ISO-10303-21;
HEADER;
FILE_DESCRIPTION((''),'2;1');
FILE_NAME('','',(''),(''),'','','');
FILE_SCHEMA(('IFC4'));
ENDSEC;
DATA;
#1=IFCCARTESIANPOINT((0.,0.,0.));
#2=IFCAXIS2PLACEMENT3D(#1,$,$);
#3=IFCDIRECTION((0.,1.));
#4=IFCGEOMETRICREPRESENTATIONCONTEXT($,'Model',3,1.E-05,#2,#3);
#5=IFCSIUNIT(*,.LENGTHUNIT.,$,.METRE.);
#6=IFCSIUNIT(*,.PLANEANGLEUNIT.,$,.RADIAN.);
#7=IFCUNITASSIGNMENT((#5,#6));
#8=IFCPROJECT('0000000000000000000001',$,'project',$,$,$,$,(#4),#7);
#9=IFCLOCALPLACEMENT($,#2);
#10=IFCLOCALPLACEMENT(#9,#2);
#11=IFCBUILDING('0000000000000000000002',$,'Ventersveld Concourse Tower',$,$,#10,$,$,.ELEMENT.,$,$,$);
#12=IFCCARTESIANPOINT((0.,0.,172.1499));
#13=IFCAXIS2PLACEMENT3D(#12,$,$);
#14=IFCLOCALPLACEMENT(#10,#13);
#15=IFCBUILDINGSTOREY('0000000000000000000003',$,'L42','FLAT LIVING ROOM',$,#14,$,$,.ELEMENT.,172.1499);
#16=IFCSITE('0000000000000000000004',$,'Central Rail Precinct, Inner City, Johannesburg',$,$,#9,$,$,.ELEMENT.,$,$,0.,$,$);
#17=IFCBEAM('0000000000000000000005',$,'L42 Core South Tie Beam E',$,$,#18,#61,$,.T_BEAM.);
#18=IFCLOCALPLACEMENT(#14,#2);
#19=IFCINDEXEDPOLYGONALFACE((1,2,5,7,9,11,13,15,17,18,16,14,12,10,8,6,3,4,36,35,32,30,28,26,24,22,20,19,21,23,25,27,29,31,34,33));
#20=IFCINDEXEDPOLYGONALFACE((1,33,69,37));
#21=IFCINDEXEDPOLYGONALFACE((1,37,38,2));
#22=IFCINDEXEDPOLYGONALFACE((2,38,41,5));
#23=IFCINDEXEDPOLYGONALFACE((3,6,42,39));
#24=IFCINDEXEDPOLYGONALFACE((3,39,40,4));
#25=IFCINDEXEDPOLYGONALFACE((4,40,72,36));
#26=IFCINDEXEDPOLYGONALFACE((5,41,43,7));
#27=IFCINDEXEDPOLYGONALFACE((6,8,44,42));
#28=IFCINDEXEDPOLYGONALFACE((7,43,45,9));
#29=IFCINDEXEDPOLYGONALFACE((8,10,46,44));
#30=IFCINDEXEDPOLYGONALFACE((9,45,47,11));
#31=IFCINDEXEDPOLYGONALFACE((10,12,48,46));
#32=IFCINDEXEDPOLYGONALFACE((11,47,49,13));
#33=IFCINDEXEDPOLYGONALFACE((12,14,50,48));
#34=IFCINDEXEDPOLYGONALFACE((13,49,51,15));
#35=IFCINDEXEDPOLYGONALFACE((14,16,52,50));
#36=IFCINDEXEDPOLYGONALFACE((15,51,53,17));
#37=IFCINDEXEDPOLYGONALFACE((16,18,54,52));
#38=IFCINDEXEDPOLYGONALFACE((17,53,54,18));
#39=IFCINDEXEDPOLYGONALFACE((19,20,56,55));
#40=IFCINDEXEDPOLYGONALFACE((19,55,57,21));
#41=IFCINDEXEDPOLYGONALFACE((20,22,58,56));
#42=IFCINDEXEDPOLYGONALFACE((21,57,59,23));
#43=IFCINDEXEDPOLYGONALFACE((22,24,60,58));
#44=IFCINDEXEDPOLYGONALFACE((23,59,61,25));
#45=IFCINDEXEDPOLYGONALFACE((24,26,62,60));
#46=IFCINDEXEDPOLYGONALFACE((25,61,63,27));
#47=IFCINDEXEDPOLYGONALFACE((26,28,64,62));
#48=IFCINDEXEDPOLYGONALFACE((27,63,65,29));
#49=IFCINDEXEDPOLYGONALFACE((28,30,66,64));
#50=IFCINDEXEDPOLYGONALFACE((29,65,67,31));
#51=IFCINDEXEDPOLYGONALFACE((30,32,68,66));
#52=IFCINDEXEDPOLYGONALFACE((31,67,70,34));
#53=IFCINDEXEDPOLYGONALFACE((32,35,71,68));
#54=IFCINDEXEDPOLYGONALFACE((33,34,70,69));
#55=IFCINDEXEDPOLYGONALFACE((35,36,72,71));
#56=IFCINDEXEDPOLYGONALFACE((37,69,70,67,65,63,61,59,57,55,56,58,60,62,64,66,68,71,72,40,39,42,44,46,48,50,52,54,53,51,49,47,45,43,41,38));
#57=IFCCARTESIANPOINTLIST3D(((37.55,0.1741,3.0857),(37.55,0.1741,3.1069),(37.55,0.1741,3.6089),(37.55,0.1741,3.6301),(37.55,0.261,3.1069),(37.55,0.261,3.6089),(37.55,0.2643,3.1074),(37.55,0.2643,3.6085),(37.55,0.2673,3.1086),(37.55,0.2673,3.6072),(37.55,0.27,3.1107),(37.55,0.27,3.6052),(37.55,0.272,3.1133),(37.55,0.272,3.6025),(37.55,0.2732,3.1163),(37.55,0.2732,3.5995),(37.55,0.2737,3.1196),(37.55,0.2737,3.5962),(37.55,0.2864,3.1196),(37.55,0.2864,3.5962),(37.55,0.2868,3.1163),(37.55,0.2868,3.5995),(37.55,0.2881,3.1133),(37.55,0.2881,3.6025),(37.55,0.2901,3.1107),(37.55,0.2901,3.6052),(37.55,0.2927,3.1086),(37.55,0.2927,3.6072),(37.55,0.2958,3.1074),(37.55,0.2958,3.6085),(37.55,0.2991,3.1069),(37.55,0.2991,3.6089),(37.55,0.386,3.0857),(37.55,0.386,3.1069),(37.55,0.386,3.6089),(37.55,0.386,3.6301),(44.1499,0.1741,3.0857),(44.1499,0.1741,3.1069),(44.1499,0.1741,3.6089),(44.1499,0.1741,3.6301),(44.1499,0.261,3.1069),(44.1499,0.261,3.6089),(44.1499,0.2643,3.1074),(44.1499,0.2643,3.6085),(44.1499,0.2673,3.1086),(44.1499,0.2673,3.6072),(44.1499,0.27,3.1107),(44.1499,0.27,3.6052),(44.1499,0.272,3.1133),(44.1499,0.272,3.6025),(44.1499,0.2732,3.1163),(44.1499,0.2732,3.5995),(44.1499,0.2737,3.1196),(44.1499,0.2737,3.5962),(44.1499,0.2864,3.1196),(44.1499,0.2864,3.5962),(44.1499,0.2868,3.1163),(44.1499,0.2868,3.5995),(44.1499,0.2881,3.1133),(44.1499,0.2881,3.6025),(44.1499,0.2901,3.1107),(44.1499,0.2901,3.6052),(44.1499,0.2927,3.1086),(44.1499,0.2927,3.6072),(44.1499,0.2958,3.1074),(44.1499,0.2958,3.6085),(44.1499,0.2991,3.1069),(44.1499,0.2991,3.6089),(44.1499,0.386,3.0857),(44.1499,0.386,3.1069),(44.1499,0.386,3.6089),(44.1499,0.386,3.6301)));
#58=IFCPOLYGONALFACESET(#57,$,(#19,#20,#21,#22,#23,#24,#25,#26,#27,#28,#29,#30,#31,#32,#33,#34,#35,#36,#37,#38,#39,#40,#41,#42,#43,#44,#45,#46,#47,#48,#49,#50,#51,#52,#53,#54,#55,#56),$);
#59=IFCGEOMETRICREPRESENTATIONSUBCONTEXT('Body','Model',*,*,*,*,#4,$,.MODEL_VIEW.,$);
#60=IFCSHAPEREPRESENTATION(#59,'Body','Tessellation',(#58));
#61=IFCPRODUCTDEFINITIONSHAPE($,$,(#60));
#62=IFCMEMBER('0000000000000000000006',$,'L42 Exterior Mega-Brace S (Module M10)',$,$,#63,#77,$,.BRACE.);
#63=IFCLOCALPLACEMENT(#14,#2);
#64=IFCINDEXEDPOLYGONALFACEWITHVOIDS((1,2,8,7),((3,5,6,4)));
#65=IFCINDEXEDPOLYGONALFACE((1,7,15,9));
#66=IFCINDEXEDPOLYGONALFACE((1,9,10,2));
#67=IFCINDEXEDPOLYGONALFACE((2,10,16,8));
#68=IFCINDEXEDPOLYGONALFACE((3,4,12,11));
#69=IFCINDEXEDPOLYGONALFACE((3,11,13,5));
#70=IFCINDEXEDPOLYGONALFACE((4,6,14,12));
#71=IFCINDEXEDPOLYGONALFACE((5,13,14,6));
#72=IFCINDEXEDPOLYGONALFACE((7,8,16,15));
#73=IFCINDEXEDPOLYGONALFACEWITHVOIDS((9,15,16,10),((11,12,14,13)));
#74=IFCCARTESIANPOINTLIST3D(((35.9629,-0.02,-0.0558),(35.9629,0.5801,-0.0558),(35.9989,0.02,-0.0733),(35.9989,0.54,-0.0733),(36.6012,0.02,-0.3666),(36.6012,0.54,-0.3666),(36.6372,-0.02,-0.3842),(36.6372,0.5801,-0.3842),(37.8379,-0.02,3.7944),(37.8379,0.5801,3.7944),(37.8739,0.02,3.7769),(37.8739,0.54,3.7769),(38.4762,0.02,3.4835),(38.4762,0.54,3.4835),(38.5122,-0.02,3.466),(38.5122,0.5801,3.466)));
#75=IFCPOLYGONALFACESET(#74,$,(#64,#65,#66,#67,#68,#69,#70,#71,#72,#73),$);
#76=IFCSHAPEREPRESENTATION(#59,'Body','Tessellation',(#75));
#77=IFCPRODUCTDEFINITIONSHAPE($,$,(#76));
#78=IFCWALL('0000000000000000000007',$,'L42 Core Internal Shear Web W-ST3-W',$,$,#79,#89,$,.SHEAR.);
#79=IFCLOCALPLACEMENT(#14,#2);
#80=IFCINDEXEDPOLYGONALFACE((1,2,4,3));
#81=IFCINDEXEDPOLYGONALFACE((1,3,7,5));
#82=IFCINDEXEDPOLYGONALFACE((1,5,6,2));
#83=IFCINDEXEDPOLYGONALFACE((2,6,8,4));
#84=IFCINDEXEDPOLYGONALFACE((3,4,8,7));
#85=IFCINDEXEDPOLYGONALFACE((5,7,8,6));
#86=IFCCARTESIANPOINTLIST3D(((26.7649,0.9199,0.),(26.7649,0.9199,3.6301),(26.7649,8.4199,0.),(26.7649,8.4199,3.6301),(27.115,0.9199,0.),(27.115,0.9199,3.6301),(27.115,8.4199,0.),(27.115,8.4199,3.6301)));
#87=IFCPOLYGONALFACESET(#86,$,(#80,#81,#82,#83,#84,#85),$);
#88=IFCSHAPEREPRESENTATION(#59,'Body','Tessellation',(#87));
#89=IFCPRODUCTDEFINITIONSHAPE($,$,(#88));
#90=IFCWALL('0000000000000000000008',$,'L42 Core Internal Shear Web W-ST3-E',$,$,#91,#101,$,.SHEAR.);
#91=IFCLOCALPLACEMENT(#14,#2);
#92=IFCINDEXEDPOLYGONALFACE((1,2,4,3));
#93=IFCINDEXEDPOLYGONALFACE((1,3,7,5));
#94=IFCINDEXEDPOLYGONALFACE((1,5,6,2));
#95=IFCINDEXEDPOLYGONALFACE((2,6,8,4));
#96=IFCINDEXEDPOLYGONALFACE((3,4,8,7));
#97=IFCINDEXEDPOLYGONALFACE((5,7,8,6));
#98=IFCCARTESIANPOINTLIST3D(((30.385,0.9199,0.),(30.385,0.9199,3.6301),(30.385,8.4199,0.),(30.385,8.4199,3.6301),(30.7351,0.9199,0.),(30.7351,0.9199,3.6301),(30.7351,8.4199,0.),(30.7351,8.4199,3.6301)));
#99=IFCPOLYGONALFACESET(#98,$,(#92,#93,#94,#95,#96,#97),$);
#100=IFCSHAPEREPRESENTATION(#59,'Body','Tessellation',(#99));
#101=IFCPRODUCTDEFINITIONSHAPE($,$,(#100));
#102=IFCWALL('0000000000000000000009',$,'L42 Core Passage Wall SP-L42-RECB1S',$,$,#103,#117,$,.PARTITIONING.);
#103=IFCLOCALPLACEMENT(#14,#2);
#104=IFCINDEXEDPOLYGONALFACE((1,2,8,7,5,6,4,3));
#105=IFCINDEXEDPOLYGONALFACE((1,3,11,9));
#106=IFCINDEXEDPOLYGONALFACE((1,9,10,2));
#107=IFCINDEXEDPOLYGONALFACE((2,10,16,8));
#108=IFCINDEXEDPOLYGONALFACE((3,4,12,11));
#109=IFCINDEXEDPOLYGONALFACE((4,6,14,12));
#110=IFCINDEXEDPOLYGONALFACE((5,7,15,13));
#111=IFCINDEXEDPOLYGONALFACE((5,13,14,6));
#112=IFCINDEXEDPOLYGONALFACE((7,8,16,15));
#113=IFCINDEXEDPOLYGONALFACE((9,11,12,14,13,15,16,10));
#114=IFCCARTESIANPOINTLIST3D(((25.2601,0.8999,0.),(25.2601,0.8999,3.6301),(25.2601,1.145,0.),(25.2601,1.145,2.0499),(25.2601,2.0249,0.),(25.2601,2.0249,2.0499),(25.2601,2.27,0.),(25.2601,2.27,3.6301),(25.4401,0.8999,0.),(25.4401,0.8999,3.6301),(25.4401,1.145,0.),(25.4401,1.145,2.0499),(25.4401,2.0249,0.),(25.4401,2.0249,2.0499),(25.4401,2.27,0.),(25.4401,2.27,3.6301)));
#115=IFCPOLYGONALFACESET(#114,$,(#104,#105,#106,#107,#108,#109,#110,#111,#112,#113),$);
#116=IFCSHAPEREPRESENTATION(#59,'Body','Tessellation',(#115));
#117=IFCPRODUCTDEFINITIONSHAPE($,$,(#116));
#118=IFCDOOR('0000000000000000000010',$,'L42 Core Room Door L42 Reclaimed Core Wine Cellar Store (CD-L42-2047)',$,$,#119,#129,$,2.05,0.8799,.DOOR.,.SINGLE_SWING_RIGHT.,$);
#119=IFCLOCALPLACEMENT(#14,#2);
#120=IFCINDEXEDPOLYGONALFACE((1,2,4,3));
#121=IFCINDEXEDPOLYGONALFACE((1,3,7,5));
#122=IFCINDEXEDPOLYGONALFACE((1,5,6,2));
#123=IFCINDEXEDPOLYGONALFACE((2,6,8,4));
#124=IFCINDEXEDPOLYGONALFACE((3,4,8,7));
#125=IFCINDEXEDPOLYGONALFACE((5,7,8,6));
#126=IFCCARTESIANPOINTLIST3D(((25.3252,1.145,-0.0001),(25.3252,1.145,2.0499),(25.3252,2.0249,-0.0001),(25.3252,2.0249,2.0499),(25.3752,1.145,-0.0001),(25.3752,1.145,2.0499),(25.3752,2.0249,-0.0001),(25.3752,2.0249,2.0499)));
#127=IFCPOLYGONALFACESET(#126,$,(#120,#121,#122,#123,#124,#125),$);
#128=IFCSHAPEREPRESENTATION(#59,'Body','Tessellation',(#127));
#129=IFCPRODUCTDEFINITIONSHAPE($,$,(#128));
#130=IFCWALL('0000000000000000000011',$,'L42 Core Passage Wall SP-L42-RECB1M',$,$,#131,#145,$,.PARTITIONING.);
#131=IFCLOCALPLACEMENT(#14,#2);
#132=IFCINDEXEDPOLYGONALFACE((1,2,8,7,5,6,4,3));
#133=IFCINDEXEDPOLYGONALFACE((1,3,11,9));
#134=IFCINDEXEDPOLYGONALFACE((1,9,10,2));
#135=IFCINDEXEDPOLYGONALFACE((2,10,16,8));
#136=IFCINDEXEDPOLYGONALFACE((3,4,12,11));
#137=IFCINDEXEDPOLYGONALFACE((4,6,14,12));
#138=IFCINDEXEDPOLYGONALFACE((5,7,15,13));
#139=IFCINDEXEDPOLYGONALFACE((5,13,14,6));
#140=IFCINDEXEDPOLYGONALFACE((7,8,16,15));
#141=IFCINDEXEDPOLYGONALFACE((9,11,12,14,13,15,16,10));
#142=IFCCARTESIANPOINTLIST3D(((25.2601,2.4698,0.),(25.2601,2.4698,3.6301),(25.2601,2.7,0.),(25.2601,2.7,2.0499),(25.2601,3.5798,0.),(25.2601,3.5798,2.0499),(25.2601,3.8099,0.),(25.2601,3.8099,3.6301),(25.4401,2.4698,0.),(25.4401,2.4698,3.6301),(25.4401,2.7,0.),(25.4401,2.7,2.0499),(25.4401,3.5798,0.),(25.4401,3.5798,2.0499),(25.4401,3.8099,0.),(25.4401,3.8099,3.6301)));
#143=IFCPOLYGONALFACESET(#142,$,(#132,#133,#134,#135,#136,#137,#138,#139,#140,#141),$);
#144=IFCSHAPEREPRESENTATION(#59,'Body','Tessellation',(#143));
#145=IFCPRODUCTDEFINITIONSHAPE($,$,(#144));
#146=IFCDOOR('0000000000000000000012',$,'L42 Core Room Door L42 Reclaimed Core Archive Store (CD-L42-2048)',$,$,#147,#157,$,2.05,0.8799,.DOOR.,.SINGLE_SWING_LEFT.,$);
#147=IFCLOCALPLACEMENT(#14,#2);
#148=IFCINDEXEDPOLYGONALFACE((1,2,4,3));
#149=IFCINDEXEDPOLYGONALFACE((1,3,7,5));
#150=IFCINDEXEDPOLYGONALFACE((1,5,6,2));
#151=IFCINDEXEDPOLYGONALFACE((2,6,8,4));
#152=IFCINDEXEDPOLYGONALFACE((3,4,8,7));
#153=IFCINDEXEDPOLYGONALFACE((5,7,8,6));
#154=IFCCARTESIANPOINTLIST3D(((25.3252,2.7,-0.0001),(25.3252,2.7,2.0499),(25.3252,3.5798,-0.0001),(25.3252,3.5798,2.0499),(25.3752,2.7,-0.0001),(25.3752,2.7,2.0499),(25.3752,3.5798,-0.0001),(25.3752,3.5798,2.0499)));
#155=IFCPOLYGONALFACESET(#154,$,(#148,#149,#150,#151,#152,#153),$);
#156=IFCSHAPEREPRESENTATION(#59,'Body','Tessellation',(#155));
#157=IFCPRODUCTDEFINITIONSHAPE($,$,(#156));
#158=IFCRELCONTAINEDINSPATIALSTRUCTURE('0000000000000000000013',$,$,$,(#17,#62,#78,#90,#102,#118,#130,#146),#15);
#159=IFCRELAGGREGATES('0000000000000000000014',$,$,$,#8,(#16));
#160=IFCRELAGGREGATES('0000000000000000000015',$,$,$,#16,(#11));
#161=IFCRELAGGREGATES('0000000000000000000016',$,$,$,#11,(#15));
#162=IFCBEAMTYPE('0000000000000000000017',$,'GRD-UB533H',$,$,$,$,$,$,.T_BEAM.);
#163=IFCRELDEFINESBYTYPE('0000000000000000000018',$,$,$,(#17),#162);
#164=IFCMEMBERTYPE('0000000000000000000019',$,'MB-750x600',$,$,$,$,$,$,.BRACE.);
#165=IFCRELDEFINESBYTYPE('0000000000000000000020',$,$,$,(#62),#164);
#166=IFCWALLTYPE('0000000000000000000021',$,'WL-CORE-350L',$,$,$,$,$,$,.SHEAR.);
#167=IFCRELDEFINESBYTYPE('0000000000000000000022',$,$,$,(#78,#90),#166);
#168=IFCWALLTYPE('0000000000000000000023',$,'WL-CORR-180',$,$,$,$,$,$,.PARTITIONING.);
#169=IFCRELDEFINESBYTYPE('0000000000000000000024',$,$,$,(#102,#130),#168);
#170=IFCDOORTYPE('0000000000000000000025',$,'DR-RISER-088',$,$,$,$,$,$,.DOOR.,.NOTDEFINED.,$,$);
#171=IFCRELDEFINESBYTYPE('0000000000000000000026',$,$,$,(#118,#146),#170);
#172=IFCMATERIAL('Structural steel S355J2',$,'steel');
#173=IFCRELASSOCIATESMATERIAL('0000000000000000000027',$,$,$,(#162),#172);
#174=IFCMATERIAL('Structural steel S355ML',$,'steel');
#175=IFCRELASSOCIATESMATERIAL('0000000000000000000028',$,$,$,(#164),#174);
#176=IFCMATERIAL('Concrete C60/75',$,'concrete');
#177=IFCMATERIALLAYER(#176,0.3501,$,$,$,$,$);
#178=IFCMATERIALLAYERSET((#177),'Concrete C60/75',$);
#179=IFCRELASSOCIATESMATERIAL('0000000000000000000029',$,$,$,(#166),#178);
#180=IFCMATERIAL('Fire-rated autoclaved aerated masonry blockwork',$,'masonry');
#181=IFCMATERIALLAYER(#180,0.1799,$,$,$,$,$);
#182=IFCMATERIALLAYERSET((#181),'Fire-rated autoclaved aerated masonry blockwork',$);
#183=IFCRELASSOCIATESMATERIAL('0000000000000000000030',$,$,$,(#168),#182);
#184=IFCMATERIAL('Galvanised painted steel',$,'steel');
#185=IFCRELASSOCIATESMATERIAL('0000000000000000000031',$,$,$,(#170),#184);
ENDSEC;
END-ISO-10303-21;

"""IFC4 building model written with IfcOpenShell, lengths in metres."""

from ifc_helpers import new_model, si_unit, direction, frame, frame_2d, origin, origin_2d, place, context, subcontext, project, spatial, rectangle, hollow_rectangle, i_section, extrude, material, layer, layer_set, material_profile, profile_set, type_object, element, fill, save


model = new_model("IFC4")

# Units and contexts
model_context = context("Model", 3, precision=1e-05, world=origin(), true_north=direction((0.0, 1.0)))
body_context = subcontext(model_context, "Body", "Model", "MODEL_VIEW")
ifc_project = project(units=[si_unit("LENGTHUNIT", "METRE"), si_unit("PLANEANGLEUNIT", "RADIAN")], contexts=[model_context])

# Site, building, storey
site_placement = place(None, origin())
site = spatial("IfcSite", under=ifc_project, at=site_placement, Name="Central Rail Precinct, Inner City, Johannesburg", CompositionType="ELEMENT", RefElevation=0.0)
building_placement = place(site_placement, origin())
building = spatial("IfcBuilding", under=site, at=building_placement, Name="Ventersveld Concourse Tower", CompositionType="ELEMENT")
storey_placement = place(building_placement, frame((0.0, 0.0, 172.1499)))
storey = spatial("IfcBuildingStorey", under=building, at=storey_placement, Name="L42", Description="FLAT LIVING ROOM", CompositionType="ELEMENT", Elevation=172.1499)

# Beam
ifc_material_1 = material(Name="Structural steel S355J2", Category="steel")
ifc_material_profile_1 = material_profile(ifc_material_1, i_section(OverallWidth=0.2119, OverallDepth=0.5444, WebThickness=0.0127, FlangeThickness=0.0212, FilletRadius=0.0127, at=origin_2d()), Name="UB 533x210x122")
ifc_profile_set_1 = profile_set([ifc_material_profile_1], Name="Structural steel S355J2")
beam_type = type_object("IfcBeamType", Name="GRD-UB533H", PredefinedType="T_BEAM", material=ifc_profile_set_1)
beam_placement = place(storey_placement, frame((37.55, 0.28, 3.3579), z_axis=(1.0, 0.0, 0.0), x_axis=(0.0, 1.0, 0.0)))
element("IfcBeam", 1, at=beam_placement, inside=storey, type_object=beam_type, Name="L42 Core South Tie Beam E", PredefinedType="T_BEAM", context=body_context, shape_type="SweptSolid", body=[
    extrude(i_section(OverallWidth=0.2119, OverallDepth=0.5444, WebThickness=0.0127, FlangeThickness=0.0212, FilletRadius=0.0127, at=origin_2d()), origin(), (0.0, 0.0, 1.0), 6.5999),
])

# Member
ifc_material_2 = material(Name="Structural steel S355ML", Category="steel")
ifc_material_profile_2 = material_profile(ifc_material_2, hollow_rectangle(XDim=0.6001, YDim=0.75, WallThickness=0.04, at=origin_2d()), Name="BOX 750x600x40")
ifc_profile_set_2 = profile_set([ifc_material_profile_2], Name="Structural steel S355ML")
member_type = type_object("IfcMemberType", Name="MB-750x600", PredefinedType="BRACE", material=ifc_profile_set_2)
member_placement = place(storey_placement, frame((36.3, 0.28, -0.22), z_axis=(0.437839, 0.0, 0.899053), x_axis=(0.0, 1.0, 0.0)))
element("IfcMember", 2, at=member_placement, inside=storey, type_object=member_type, Name="L42 Exterior Mega-Brace S (Module M10)", PredefinedType="BRACE", context=body_context, shape_type="SweptSolid", body=[
    extrude(hollow_rectangle(XDim=0.6001, YDim=0.75, WallThickness=0.04, at=origin_2d()), origin(), (0.0, 0.0, 1.0), 4.2825),
])

# Walls
ifc_material_3 = material(Name="Concrete C60/75", Category="concrete")
ifc_layer_1 = layer(ifc_material_3, 0.3501)
ifc_layer_set_1 = layer_set([ifc_layer_1], Name="Concrete C60/75")
wall_type_1 = type_object("IfcWallType", Name="WL-CORE-350L", PredefinedType="SHEAR", material=ifc_layer_set_1)
for number, where, z_axis, x_axis, name in (
    (3, (26.9399, 0.9199, 0.0), (0.0, 0.0, 1.0), (0.0, 1.0, 0.0), "L42 Core Internal Shear Web W-ST3-W"),
    (4, (30.5601, 0.9199, 0.0), (0.0, 0.0, 1.0), (0.0, 1.0, 0.0), "L42 Core Internal Shear Web W-ST3-E"),
):
    element("IfcWall", number, at=place(storey_placement, frame(where, z_axis=z_axis, x_axis=x_axis)), inside=storey, type_object=wall_type_1, Name=name, PredefinedType="SHEAR", context=body_context, shape_type="SweptSolid", body=[
        extrude(rectangle(XDim=7.5, YDim=0.3501, at=frame_2d((3.75, 0.0))), origin(), (0.0, 0.0, 1.0), 3.6301),
    ])

# Walls, openings, doors
ifc_material_4 = material(Name="Fire-rated autoclaved aerated masonry blockwork", Category="masonry")
ifc_layer_2 = layer(ifc_material_4, 0.1799)
ifc_layer_set_2 = layer_set([ifc_layer_2], Name="Fire-rated autoclaved aerated masonry blockwork")
wall_type_2 = type_object("IfcWallType", Name="WL-CORR-180", PredefinedType="PARTITIONING", material=ifc_layer_set_2)
wall_1_placement = place(storey_placement, frame((25.3501, 0.8999, 0.0), z_axis=(0.0, 0.0, 1.0), x_axis=(0.0, 1.0, 0.0)))
wall_1 = element("IfcWall", 5, at=wall_1_placement, inside=storey, type_object=wall_type_2, Name="L42 Core Passage Wall SP-L42-RECB1S", PredefinedType="PARTITIONING", context=body_context, shape_type="SweptSolid", body=[
    extrude(rectangle(XDim=1.3701, YDim=0.1799, at=frame_2d((0.6851, 0.0))), origin(), (0.0, 0.0, 1.0), 3.6301),
])
opening_1_placement = place(wall_1_placement, frame((0.2451, 0.0, 0.0)))
opening_1 = element("IfcOpeningElement", 6, at=opening_1_placement, cuts=wall_1, PredefinedType="OPENING", context=body_context, shape_type="SweptSolid", body=[
    extrude(rectangle(XDim=0.8799, YDim=2.05, at=frame_2d((0.4399, 1.0249))), frame((0.0, 0.1001, 0.0), z_axis=(0.0, -1.0, 0.0), x_axis=(1.0, 0.0, 0.0)), (0.0, 0.0, 1.0), 0.2),
])
ifc_material_5 = material(Name="Galvanised painted steel", Category="steel")
door_type_1 = type_object("IfcDoorType", Name="DR-RISER-088", OperationType="NOTDEFINED", PredefinedType="DOOR", material=ifc_material_5)
door_1_placement = place(opening_1_placement, origin())
door_1 = element("IfcDoor", 7, at=door_1_placement, inside=storey, type_object=door_type_1, Name="L42 Core Room Door L42 Reclaimed Core Wine Cellar Store (CD-L42-2047)", OperationType="SINGLE_SWING_RIGHT", OverallHeight=2.05, OverallWidth=0.8799, PredefinedType="DOOR", context=body_context, shape_type="SweptSolid", body=[
    extrude(rectangle(XDim=0.8799, YDim=2.05, at=frame_2d((0.4399, 1.0249))), frame((0.0, 0.0249, 0.0), z_axis=(0.0, -1.0, 0.0), x_axis=(1.0, 0.0, 0.0)), (0.0, 0.0, 1.0), 0.05),
])
fill(opening_1, door_1)
wall_2_placement = place(storey_placement, frame((25.3501, 2.47, 0.0), z_axis=(0.0, 0.0, 1.0), x_axis=(0.0, 1.0, 0.0)))
wall_2 = element("IfcWall", 8, at=wall_2_placement, inside=storey, type_object=wall_type_2, Name="L42 Core Passage Wall SP-L42-RECB1M", PredefinedType="PARTITIONING", context=body_context, shape_type="SweptSolid", body=[
    extrude(rectangle(XDim=1.3401, YDim=0.1799, at=frame_2d((0.6699, 0.0))), origin(), (0.0, 0.0, 1.0), 3.6301),
])
opening_2_placement = place(wall_2_placement, frame((0.23, 0.0, 0.0)))
opening_2 = element("IfcOpeningElement", 9, at=opening_2_placement, cuts=wall_2, PredefinedType="OPENING", context=body_context, shape_type="SweptSolid", body=[
    extrude(rectangle(XDim=0.8799, YDim=2.05, at=frame_2d((0.4399, 1.0249))), frame((0.0, 0.1001, 0.0), z_axis=(0.0, -1.0, 0.0), x_axis=(1.0, 0.0, 0.0)), (0.0, 0.0, 1.0), 0.2),
])
door_2_placement = place(opening_2_placement, origin())
door_2 = element("IfcDoor", 10, at=door_2_placement, inside=storey, type_object=door_type_1, Name="L42 Core Room Door L42 Reclaimed Core Archive Store (CD-L42-2048)", OperationType="SINGLE_SWING_LEFT", OverallHeight=2.05, OverallWidth=0.8799, PredefinedType="DOOR", context=body_context, shape_type="SweptSolid", body=[
    extrude(rectangle(XDim=0.8799, YDim=2.05, at=frame_2d((0.4399, 1.0249))), frame((0.0, 0.0249, 0.0), z_axis=(0.0, -1.0, 0.0), x_axis=(1.0, 0.0, 0.0)), (0.0, 0.0, 1.0), 0.05),
])
fill(opening_2, door_2)

save(model, "model.ifc")
